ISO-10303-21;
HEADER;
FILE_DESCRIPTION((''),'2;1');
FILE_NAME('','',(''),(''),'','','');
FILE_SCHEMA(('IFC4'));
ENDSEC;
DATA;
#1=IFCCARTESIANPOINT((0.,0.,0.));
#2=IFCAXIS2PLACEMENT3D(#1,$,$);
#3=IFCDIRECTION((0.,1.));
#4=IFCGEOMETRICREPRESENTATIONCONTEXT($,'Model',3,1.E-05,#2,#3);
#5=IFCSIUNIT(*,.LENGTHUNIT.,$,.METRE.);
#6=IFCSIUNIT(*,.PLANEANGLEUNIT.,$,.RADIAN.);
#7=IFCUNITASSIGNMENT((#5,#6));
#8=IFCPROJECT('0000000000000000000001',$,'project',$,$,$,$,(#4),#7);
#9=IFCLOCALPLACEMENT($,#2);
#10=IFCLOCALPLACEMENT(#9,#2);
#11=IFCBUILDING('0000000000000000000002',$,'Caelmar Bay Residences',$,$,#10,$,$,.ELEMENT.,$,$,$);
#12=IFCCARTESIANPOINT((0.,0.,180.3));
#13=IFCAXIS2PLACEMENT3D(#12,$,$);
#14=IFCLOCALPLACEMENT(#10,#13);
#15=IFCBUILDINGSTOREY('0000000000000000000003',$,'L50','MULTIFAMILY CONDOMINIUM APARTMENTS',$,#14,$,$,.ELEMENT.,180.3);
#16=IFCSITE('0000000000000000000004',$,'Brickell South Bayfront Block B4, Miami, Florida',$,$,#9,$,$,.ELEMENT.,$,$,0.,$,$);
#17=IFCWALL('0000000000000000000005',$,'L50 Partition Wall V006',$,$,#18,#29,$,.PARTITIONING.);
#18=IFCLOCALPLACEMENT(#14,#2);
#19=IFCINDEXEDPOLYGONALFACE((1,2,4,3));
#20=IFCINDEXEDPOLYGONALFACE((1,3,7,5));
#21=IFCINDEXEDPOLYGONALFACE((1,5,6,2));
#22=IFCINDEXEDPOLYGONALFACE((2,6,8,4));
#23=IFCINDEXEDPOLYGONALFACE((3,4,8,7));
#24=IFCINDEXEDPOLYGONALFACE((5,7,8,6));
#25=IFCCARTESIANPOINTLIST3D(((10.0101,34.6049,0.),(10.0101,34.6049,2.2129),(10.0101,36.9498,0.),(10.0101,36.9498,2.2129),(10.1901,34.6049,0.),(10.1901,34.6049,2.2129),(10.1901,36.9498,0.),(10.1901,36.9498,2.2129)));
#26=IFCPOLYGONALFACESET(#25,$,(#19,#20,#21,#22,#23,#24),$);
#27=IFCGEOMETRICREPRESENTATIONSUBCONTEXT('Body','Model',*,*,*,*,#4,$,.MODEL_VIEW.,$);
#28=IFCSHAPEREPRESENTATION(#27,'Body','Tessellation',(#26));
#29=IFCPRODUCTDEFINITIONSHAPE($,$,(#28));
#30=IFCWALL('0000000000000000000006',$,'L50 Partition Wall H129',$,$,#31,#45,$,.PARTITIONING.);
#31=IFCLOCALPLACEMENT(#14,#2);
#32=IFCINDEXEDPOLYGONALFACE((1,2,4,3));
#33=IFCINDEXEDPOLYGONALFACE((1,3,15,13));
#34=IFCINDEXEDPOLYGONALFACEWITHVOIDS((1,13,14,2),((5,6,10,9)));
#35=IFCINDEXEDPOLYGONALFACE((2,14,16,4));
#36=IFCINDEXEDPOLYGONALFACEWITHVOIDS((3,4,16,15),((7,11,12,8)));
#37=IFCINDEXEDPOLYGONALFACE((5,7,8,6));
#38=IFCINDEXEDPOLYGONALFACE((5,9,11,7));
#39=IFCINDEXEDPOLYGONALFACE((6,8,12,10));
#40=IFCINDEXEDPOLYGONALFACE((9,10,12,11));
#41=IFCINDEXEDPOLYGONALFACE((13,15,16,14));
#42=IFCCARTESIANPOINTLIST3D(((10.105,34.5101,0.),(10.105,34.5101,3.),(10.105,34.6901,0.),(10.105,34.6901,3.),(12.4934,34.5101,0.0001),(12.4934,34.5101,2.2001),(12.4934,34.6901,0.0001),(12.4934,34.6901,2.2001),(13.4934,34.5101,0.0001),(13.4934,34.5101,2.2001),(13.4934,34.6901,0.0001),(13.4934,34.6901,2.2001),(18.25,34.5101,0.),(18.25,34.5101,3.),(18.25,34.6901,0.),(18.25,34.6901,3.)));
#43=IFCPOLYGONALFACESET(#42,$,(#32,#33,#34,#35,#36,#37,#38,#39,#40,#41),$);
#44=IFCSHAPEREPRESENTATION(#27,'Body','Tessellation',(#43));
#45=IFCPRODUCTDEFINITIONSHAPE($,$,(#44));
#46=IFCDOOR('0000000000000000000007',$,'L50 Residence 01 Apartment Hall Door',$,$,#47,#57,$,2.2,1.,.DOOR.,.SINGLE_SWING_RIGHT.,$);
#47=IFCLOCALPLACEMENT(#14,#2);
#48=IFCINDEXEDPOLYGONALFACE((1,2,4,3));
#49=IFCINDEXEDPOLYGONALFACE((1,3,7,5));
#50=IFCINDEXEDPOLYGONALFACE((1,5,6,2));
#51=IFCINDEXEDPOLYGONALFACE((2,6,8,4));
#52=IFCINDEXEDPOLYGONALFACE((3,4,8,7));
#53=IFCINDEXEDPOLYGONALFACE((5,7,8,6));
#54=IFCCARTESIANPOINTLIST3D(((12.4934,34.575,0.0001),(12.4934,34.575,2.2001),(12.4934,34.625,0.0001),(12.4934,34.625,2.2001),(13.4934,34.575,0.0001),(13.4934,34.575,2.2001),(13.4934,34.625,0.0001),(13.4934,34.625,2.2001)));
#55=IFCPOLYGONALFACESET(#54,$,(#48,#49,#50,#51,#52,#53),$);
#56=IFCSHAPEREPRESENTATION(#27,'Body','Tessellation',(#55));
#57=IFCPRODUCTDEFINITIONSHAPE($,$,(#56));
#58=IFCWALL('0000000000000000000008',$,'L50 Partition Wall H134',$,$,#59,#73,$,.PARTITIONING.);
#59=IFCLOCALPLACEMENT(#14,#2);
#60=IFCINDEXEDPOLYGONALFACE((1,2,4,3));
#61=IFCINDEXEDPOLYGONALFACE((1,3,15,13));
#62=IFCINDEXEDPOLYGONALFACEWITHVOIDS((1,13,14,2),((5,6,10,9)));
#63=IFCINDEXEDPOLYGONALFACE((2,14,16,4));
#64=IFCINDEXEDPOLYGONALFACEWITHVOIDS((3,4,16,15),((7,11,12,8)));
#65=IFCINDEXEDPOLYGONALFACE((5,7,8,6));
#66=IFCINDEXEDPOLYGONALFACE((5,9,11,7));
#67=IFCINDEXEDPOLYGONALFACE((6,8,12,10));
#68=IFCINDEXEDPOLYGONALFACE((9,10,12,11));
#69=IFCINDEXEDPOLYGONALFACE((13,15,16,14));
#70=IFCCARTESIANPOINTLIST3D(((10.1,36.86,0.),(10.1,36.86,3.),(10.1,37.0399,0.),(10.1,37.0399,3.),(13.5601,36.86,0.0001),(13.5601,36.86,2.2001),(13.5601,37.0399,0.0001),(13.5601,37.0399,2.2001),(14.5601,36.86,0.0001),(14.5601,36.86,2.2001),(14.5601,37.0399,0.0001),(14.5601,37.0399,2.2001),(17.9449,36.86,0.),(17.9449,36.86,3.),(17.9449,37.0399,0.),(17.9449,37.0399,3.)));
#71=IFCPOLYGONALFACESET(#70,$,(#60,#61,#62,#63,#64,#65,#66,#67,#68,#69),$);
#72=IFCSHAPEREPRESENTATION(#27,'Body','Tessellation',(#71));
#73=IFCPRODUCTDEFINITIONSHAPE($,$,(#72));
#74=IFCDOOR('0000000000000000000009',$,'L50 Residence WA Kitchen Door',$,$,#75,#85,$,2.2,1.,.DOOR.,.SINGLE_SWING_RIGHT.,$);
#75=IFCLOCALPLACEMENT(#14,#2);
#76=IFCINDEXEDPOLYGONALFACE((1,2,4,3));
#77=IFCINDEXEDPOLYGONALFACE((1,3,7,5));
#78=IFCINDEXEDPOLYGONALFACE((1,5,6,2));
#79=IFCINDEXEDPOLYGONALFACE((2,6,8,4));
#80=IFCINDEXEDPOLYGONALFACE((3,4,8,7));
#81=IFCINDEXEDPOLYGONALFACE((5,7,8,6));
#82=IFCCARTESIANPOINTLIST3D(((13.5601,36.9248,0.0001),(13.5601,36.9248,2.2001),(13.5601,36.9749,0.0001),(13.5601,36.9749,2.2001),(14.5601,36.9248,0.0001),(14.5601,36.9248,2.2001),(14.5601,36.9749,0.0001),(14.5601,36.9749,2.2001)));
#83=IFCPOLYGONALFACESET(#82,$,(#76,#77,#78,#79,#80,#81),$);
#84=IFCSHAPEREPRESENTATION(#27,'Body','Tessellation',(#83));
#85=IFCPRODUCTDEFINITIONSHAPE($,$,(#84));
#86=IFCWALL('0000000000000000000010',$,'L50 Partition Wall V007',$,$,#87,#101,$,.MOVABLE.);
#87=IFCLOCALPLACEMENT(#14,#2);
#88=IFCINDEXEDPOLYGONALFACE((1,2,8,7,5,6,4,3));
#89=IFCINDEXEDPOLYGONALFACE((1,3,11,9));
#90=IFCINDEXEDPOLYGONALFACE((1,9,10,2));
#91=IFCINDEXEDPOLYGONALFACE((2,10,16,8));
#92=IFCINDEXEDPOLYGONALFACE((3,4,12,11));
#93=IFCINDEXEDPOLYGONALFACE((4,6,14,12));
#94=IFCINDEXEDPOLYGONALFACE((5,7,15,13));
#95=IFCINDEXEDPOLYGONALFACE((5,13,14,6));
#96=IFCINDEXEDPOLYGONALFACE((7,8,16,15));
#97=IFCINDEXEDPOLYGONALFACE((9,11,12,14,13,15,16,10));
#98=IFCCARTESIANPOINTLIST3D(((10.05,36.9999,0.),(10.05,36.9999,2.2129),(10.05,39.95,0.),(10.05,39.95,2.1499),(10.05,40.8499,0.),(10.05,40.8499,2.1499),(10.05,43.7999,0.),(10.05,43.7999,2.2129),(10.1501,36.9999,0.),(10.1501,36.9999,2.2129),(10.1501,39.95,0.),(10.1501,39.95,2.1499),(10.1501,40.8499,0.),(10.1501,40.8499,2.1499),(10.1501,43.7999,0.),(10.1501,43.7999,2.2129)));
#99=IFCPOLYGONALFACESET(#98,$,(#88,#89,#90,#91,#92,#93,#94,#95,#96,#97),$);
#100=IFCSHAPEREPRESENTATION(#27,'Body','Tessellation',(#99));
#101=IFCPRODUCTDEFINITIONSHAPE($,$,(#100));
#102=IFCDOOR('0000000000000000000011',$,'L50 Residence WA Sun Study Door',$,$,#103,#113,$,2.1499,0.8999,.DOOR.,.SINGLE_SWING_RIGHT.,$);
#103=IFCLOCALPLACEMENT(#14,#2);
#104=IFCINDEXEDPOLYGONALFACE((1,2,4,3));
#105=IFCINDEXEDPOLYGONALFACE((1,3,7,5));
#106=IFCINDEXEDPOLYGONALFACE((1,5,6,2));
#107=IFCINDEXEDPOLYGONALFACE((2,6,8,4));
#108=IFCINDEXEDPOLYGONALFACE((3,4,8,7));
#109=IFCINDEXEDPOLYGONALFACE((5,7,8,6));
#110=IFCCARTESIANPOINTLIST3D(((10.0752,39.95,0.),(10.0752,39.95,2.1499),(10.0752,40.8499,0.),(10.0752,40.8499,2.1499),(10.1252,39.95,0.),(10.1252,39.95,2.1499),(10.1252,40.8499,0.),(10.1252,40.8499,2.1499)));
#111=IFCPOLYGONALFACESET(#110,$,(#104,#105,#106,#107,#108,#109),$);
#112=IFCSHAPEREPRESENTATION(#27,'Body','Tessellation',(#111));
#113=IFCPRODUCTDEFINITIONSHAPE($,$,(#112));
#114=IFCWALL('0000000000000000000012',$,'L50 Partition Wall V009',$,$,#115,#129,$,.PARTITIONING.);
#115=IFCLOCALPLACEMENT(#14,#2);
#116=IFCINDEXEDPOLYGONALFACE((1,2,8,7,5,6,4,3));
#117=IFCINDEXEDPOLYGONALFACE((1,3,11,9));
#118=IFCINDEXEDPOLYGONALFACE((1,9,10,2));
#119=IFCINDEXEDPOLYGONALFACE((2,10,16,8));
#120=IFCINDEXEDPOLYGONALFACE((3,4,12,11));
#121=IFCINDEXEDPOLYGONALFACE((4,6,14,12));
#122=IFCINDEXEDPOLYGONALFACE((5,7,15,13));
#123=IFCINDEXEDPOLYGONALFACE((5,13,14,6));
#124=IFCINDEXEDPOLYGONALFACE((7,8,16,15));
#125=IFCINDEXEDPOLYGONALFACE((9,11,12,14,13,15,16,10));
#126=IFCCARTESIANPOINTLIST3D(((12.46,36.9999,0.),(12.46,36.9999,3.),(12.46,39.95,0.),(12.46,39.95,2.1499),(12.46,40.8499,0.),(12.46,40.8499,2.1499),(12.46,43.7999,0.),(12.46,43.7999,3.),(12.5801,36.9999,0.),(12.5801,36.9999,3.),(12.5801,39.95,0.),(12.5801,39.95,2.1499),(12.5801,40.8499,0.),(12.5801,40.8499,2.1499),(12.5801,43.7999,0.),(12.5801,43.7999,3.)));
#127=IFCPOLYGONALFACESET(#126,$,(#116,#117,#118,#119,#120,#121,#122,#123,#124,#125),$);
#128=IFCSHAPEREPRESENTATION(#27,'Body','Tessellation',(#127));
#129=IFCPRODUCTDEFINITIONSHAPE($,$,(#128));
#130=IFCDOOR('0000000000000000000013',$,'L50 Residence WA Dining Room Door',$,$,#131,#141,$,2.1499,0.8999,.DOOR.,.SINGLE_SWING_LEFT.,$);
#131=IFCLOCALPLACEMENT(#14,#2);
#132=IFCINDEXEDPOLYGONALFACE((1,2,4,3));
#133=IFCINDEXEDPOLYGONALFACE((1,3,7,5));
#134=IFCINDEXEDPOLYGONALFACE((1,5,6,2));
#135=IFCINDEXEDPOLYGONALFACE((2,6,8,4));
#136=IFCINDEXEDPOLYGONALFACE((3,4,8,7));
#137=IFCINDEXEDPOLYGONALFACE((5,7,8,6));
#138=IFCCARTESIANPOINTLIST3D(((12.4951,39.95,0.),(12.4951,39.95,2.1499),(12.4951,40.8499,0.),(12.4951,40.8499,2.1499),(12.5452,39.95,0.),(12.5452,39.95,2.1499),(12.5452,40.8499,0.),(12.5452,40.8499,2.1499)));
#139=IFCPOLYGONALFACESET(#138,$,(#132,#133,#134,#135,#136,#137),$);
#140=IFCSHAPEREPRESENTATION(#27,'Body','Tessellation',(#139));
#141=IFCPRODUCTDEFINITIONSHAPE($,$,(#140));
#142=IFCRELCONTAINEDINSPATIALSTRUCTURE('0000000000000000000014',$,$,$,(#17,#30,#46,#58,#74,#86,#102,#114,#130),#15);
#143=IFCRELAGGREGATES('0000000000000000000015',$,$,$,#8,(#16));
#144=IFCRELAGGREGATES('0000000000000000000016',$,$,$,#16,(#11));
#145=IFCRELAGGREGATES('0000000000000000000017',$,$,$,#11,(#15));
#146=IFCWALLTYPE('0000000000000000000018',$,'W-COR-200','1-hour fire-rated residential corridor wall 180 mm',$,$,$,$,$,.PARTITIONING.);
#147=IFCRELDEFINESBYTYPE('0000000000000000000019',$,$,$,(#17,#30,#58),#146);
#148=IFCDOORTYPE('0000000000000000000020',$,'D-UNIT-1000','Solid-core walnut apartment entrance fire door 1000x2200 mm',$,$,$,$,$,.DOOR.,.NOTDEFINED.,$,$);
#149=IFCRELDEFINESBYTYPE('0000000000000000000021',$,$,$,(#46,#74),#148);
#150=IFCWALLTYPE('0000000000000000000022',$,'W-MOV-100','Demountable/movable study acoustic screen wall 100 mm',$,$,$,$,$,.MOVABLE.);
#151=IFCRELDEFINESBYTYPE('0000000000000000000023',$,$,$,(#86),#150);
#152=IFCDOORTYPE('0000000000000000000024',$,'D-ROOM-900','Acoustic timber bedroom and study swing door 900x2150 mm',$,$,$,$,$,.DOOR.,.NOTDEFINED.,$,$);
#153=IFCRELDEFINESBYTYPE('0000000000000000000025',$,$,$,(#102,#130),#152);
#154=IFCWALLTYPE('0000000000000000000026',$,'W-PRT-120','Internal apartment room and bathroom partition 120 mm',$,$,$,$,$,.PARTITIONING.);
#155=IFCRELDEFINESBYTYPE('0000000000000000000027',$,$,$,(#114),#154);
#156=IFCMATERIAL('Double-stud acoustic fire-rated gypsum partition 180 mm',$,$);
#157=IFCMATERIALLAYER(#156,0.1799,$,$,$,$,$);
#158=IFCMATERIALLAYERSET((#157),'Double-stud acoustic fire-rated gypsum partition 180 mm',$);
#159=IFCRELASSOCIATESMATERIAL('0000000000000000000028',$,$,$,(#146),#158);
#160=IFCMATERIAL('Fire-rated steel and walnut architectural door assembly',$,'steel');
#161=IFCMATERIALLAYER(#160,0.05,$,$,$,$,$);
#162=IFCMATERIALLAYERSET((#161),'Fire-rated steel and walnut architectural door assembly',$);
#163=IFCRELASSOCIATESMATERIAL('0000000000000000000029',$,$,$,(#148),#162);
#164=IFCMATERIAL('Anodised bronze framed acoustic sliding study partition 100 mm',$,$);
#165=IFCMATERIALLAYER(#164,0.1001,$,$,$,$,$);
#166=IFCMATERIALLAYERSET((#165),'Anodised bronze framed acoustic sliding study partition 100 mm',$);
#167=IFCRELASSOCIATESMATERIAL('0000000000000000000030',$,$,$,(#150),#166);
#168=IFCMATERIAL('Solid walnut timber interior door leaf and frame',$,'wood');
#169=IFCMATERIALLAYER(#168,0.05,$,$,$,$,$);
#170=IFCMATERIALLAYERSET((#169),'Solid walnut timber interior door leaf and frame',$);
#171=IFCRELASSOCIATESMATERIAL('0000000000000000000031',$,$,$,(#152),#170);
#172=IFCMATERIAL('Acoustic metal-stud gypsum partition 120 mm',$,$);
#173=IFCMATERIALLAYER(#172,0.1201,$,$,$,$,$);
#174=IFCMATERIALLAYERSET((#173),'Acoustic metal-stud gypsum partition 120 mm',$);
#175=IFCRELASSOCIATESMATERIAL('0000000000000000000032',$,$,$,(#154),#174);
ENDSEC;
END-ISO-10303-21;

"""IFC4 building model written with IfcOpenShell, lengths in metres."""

from ifc_helpers import new_model, si_unit, direction, frame, frame_2d, origin, place, context, subcontext, project, spatial, rectangle, extrude, material, layer, layer_set, type_object, element, fill, save


model = new_model("IFC4")

# Units and contexts
model_context = context("Model", 3, precision=1e-05, world=origin(), true_north=direction((0.0, 1.0)))
body_context = subcontext(model_context, "Body", "Model", "MODEL_VIEW")
ifc_project = project(units=[si_unit("LENGTHUNIT", "METRE"), si_unit("PLANEANGLEUNIT", "RADIAN")], contexts=[model_context])

# Site, building, storey
site_placement = place(None, origin())
site = spatial("IfcSite", under=ifc_project, at=site_placement, Name="Brickell South Bayfront Block B4, Miami, Florida", CompositionType="ELEMENT", RefElevation=0.0)
building_placement = place(site_placement, origin())
building = spatial("IfcBuilding", under=site, at=building_placement, Name="Caelmar Bay Residences", CompositionType="ELEMENT")
storey_placement = place(building_placement, frame((0.0, 0.0, 180.3)))
storey = spatial("IfcBuildingStorey", under=building, at=storey_placement, Name="L50", Description="MULTIFAMILY CONDOMINIUM APARTMENTS", CompositionType="ELEMENT", Elevation=180.3)

# Shared definitions
ifc_material_1 = material(Name="Fire-rated steel and walnut architectural door assembly", Category="steel")

# Wall
ifc_material_2 = material(Name="Double-stud acoustic fire-rated gypsum partition 180 mm")
ifc_layer_1 = layer(ifc_material_2, 0.1799)
ifc_layer_set_1 = layer_set([ifc_layer_1], Name="Double-stud acoustic fire-rated gypsum partition 180 mm")
wall_type_1 = type_object("IfcWallType", Name="W-COR-200", Description="1-hour fire-rated residential corridor wall 180 mm", PredefinedType="PARTITIONING", material=ifc_layer_set_1)
wall_1_placement = place(storey_placement, frame((10.1001, 34.605, 0.0), z_axis=(0.0, 0.0, 1.0), x_axis=(0.0, 1.0, 0.0)))
element("IfcWall", 1, at=wall_1_placement, inside=storey, type_object=wall_type_1, Name="L50 Partition Wall V006", PredefinedType="PARTITIONING", context=body_context, shape_type="SweptSolid", body=[
    extrude(rectangle(XDim=2.345, YDim=0.1799, at=frame_2d((1.1724, 0.0))), origin(), (0.0, 0.0, 1.0), 2.2129),
])

# Walls, openings, doors
wall_2_placement = place(storey_placement, frame((10.105, 34.6001, 0.0), z_axis=(0.0, 0.0, 1.0), x_axis=(1.0, 0.0, 0.0)))
wall_2 = element("IfcWall", 2, at=wall_2_placement, inside=storey, type_object=wall_type_1, Name="L50 Partition Wall H129", PredefinedType="PARTITIONING", context=body_context, shape_type="SweptSolid", body=[
    extrude(rectangle(XDim=8.145, YDim=0.1799, at=frame_2d((4.0725, 0.0))), origin(), (0.0, 0.0, 1.0), 3.0),
])
opening_1_placement = place(wall_2_placement, frame((2.3884, 0.0, 0.0)))
opening_1 = element("IfcOpeningElement", 3, at=opening_1_placement, cuts=wall_2, PredefinedType="OPENING", context=body_context, shape_type="SweptSolid", body=[
    extrude(rectangle(XDim=1.0, YDim=2.2, at=frame_2d((0.5, 1.1001))), frame((0.0, 0.0999, 0.0), z_axis=(0.0, -1.0, 0.0), x_axis=(1.0, 0.0, 0.0)), (0.0, 0.0, 1.0), 0.2),
])
ifc_layer_2 = layer(ifc_material_1, 0.05)
ifc_layer_set_2 = layer_set([ifc_layer_2], Name="Fire-rated steel and walnut architectural door assembly")
door_type_1 = type_object("IfcDoorType", Name="D-UNIT-1000", Description="Solid-core walnut apartment entrance fire door 1000x2200 mm", OperationType="NOTDEFINED", PredefinedType="DOOR", material=ifc_layer_set_2)
door_1_placement = place(opening_1_placement, origin())
door_1 = element("IfcDoor", 4, at=door_1_placement, inside=storey, type_object=door_type_1, Name="L50 Residence 01 Apartment Hall Door", OperationType="SINGLE_SWING_RIGHT", OverallHeight=2.2, OverallWidth=1.0, PredefinedType="DOOR", context=body_context, shape_type="SweptSolid", body=[
    extrude(rectangle(XDim=1.0, YDim=2.2, at=frame_2d((0.5, 1.1001))), frame((0.0, 0.0249, 0.0), z_axis=(0.0, -1.0, 0.0), x_axis=(1.0, 0.0, 0.0)), (0.0, 0.0, 1.0), 0.05),
])
fill(opening_1, door_1)
wall_3_placement = place(storey_placement, frame((10.1001, 36.95, 0.0), z_axis=(0.0, 0.0, 1.0), x_axis=(1.0, 0.0, 0.0)))
wall_3 = element("IfcWall", 5, at=wall_3_placement, inside=storey, type_object=wall_type_1, Name="L50 Partition Wall H134", PredefinedType="PARTITIONING", context=body_context, shape_type="SweptSolid", body=[
    extrude(rectangle(XDim=7.845, YDim=0.1799, at=frame_2d((3.9224, 0.0))), origin(), (0.0, 0.0, 1.0), 3.0),
])
opening_2_placement = place(wall_3_placement, frame((3.46, 0.0, 0.0)))
opening_2 = element("IfcOpeningElement", 6, at=opening_2_placement, cuts=wall_3, PredefinedType="OPENING", context=body_context, shape_type="SweptSolid", body=[
    extrude(rectangle(XDim=1.0, YDim=2.2, at=frame_2d((0.5, 1.1001))), frame((0.0, 0.0999, 0.0), z_axis=(0.0, -1.0, 0.0), x_axis=(1.0, 0.0, 0.0)), (0.0, 0.0, 1.0), 0.2),
])
door_2_placement = place(opening_2_placement, origin())
door_2 = element("IfcDoor", 7, at=door_2_placement, inside=storey, type_object=door_type_1, Name="L50 Residence WA Kitchen Door", OperationType="SINGLE_SWING_RIGHT", OverallHeight=2.2, OverallWidth=1.0, PredefinedType="DOOR", context=body_context, shape_type="SweptSolid", body=[
    extrude(rectangle(XDim=1.0, YDim=2.2, at=frame_2d((0.5, 1.1001))), frame((0.0, 0.0249, 0.0), z_axis=(0.0, -1.0, 0.0), x_axis=(1.0, 0.0, 0.0)), (0.0, 0.0, 1.0), 0.05),
])
fill(opening_2, door_2)
ifc_material_3 = material(Name="Anodised bronze framed acoustic sliding study partition 100 mm")
ifc_layer_3 = layer(ifc_material_3, 0.1001)
ifc_layer_set_3 = layer_set([ifc_layer_3], Name="Anodised bronze framed acoustic sliding study partition 100 mm")
wall_type_2 = type_object("IfcWallType", Name="W-MOV-100", Description="Demountable/movable study acoustic screen wall 100 mm", PredefinedType="MOVABLE", material=ifc_layer_set_3)
wall_4_placement = place(storey_placement, frame((10.1001, 37.0, 0.0), z_axis=(0.0, 0.0, 1.0), x_axis=(0.0, 1.0, 0.0)))
wall_4 = element("IfcWall", 8, at=wall_4_placement, inside=storey, type_object=wall_type_2, Name="L50 Partition Wall V007", PredefinedType="MOVABLE", context=body_context, shape_type="SweptSolid", body=[
    extrude(rectangle(XDim=6.8, YDim=0.1001, at=frame_2d((3.3999, 0.0))), origin(), (0.0, 0.0, 1.0), 2.2129),
])
opening_3_placement = place(wall_4_placement, frame((2.95, 0.0, 0.0)))
opening_3 = element("IfcOpeningElement", 9, at=opening_3_placement, cuts=wall_4, PredefinedType="OPENING", context=body_context, shape_type="SweptSolid", body=[
    extrude(rectangle(XDim=0.8999, YDim=2.1499, at=frame_2d((0.45, 1.075))), frame((0.0, 0.0601, 0.0), z_axis=(0.0, -1.0, 0.0), x_axis=(1.0, 0.0, 0.0)), (0.0, 0.0, 1.0), 0.1201),
])
ifc_material_4 = material(Name="Solid walnut timber interior door leaf and frame", Category="wood")
ifc_layer_4 = layer(ifc_material_4, 0.05)
ifc_layer_set_4 = layer_set([ifc_layer_4], Name="Solid walnut timber interior door leaf and frame")
door_type_2 = type_object("IfcDoorType", Name="D-ROOM-900", Description="Acoustic timber bedroom and study swing door 900x2150 mm", OperationType="NOTDEFINED", PredefinedType="DOOR", material=ifc_layer_set_4)
door_3_placement = place(opening_3_placement, origin())
door_3 = element("IfcDoor", 10, at=door_3_placement, inside=storey, type_object=door_type_2, Name="L50 Residence WA Sun Study Door", OperationType="SINGLE_SWING_RIGHT", OverallHeight=2.1499, OverallWidth=0.8999, PredefinedType="DOOR", context=body_context, shape_type="SweptSolid", body=[
    extrude(rectangle(XDim=0.8999, YDim=2.1499, at=frame_2d((0.45, 1.075))), frame((0.0, 0.0249, 0.0), z_axis=(0.0, -1.0, 0.0), x_axis=(1.0, 0.0, 0.0)), (0.0, 0.0, 1.0), 0.05),
])
fill(opening_3, door_3)
ifc_material_5 = material(Name="Acoustic metal-stud gypsum partition 120 mm")
ifc_layer_5 = layer(ifc_material_5, 0.1201)
ifc_layer_set_5 = layer_set([ifc_layer_5], Name="Acoustic metal-stud gypsum partition 120 mm")
wall_type_3 = type_object("IfcWallType", Name="W-PRT-120", Description="Internal apartment room and bathroom partition 120 mm", PredefinedType="PARTITIONING", material=ifc_layer_set_5)
wall_5_placement = place(storey_placement, frame((12.52, 37.0, 0.0), z_axis=(0.0, 0.0, 1.0), x_axis=(0.0, 1.0, 0.0)))
wall_5 = element("IfcWall", 11, at=wall_5_placement, inside=storey, type_object=wall_type_3, Name="L50 Partition Wall V009", PredefinedType="PARTITIONING", context=body_context, shape_type="SweptSolid", body=[
    extrude(rectangle(XDim=6.8, YDim=0.1201, at=frame_2d((3.3999, 0.0))), origin(), (0.0, 0.0, 1.0), 3.0),
])
opening_4_placement = place(wall_5_placement, frame((2.95, 0.0, 0.0)))
opening_4 = element("IfcOpeningElement", 12, at=opening_4_placement, cuts=wall_5, PredefinedType="OPENING", context=body_context, shape_type="SweptSolid", body=[
    extrude(rectangle(XDim=0.8999, YDim=2.1499, at=frame_2d((0.45, 1.075))), frame((0.0, 0.0701, 0.0), z_axis=(0.0, -1.0, 0.0), x_axis=(1.0, 0.0, 0.0)), (0.0, 0.0, 1.0), 0.1401),
])
door_4_placement = place(opening_4_placement, origin())
door_4 = element("IfcDoor", 13, at=door_4_placement, inside=storey, type_object=door_type_2, Name="L50 Residence WA Dining Room Door", OperationType="SINGLE_SWING_LEFT", OverallHeight=2.1499, OverallWidth=0.8999, PredefinedType="DOOR", context=body_context, shape_type="SweptSolid", body=[
    extrude(rectangle(XDim=0.8999, YDim=2.1499, at=frame_2d((0.45, 1.075))), frame((0.0, 0.0249, 0.0), z_axis=(0.0, -1.0, 0.0), x_axis=(1.0, 0.0, 0.0)), (0.0, 0.0, 1.0), 0.05),
])
fill(opening_4, door_4)

save(model, "model.ifc")
